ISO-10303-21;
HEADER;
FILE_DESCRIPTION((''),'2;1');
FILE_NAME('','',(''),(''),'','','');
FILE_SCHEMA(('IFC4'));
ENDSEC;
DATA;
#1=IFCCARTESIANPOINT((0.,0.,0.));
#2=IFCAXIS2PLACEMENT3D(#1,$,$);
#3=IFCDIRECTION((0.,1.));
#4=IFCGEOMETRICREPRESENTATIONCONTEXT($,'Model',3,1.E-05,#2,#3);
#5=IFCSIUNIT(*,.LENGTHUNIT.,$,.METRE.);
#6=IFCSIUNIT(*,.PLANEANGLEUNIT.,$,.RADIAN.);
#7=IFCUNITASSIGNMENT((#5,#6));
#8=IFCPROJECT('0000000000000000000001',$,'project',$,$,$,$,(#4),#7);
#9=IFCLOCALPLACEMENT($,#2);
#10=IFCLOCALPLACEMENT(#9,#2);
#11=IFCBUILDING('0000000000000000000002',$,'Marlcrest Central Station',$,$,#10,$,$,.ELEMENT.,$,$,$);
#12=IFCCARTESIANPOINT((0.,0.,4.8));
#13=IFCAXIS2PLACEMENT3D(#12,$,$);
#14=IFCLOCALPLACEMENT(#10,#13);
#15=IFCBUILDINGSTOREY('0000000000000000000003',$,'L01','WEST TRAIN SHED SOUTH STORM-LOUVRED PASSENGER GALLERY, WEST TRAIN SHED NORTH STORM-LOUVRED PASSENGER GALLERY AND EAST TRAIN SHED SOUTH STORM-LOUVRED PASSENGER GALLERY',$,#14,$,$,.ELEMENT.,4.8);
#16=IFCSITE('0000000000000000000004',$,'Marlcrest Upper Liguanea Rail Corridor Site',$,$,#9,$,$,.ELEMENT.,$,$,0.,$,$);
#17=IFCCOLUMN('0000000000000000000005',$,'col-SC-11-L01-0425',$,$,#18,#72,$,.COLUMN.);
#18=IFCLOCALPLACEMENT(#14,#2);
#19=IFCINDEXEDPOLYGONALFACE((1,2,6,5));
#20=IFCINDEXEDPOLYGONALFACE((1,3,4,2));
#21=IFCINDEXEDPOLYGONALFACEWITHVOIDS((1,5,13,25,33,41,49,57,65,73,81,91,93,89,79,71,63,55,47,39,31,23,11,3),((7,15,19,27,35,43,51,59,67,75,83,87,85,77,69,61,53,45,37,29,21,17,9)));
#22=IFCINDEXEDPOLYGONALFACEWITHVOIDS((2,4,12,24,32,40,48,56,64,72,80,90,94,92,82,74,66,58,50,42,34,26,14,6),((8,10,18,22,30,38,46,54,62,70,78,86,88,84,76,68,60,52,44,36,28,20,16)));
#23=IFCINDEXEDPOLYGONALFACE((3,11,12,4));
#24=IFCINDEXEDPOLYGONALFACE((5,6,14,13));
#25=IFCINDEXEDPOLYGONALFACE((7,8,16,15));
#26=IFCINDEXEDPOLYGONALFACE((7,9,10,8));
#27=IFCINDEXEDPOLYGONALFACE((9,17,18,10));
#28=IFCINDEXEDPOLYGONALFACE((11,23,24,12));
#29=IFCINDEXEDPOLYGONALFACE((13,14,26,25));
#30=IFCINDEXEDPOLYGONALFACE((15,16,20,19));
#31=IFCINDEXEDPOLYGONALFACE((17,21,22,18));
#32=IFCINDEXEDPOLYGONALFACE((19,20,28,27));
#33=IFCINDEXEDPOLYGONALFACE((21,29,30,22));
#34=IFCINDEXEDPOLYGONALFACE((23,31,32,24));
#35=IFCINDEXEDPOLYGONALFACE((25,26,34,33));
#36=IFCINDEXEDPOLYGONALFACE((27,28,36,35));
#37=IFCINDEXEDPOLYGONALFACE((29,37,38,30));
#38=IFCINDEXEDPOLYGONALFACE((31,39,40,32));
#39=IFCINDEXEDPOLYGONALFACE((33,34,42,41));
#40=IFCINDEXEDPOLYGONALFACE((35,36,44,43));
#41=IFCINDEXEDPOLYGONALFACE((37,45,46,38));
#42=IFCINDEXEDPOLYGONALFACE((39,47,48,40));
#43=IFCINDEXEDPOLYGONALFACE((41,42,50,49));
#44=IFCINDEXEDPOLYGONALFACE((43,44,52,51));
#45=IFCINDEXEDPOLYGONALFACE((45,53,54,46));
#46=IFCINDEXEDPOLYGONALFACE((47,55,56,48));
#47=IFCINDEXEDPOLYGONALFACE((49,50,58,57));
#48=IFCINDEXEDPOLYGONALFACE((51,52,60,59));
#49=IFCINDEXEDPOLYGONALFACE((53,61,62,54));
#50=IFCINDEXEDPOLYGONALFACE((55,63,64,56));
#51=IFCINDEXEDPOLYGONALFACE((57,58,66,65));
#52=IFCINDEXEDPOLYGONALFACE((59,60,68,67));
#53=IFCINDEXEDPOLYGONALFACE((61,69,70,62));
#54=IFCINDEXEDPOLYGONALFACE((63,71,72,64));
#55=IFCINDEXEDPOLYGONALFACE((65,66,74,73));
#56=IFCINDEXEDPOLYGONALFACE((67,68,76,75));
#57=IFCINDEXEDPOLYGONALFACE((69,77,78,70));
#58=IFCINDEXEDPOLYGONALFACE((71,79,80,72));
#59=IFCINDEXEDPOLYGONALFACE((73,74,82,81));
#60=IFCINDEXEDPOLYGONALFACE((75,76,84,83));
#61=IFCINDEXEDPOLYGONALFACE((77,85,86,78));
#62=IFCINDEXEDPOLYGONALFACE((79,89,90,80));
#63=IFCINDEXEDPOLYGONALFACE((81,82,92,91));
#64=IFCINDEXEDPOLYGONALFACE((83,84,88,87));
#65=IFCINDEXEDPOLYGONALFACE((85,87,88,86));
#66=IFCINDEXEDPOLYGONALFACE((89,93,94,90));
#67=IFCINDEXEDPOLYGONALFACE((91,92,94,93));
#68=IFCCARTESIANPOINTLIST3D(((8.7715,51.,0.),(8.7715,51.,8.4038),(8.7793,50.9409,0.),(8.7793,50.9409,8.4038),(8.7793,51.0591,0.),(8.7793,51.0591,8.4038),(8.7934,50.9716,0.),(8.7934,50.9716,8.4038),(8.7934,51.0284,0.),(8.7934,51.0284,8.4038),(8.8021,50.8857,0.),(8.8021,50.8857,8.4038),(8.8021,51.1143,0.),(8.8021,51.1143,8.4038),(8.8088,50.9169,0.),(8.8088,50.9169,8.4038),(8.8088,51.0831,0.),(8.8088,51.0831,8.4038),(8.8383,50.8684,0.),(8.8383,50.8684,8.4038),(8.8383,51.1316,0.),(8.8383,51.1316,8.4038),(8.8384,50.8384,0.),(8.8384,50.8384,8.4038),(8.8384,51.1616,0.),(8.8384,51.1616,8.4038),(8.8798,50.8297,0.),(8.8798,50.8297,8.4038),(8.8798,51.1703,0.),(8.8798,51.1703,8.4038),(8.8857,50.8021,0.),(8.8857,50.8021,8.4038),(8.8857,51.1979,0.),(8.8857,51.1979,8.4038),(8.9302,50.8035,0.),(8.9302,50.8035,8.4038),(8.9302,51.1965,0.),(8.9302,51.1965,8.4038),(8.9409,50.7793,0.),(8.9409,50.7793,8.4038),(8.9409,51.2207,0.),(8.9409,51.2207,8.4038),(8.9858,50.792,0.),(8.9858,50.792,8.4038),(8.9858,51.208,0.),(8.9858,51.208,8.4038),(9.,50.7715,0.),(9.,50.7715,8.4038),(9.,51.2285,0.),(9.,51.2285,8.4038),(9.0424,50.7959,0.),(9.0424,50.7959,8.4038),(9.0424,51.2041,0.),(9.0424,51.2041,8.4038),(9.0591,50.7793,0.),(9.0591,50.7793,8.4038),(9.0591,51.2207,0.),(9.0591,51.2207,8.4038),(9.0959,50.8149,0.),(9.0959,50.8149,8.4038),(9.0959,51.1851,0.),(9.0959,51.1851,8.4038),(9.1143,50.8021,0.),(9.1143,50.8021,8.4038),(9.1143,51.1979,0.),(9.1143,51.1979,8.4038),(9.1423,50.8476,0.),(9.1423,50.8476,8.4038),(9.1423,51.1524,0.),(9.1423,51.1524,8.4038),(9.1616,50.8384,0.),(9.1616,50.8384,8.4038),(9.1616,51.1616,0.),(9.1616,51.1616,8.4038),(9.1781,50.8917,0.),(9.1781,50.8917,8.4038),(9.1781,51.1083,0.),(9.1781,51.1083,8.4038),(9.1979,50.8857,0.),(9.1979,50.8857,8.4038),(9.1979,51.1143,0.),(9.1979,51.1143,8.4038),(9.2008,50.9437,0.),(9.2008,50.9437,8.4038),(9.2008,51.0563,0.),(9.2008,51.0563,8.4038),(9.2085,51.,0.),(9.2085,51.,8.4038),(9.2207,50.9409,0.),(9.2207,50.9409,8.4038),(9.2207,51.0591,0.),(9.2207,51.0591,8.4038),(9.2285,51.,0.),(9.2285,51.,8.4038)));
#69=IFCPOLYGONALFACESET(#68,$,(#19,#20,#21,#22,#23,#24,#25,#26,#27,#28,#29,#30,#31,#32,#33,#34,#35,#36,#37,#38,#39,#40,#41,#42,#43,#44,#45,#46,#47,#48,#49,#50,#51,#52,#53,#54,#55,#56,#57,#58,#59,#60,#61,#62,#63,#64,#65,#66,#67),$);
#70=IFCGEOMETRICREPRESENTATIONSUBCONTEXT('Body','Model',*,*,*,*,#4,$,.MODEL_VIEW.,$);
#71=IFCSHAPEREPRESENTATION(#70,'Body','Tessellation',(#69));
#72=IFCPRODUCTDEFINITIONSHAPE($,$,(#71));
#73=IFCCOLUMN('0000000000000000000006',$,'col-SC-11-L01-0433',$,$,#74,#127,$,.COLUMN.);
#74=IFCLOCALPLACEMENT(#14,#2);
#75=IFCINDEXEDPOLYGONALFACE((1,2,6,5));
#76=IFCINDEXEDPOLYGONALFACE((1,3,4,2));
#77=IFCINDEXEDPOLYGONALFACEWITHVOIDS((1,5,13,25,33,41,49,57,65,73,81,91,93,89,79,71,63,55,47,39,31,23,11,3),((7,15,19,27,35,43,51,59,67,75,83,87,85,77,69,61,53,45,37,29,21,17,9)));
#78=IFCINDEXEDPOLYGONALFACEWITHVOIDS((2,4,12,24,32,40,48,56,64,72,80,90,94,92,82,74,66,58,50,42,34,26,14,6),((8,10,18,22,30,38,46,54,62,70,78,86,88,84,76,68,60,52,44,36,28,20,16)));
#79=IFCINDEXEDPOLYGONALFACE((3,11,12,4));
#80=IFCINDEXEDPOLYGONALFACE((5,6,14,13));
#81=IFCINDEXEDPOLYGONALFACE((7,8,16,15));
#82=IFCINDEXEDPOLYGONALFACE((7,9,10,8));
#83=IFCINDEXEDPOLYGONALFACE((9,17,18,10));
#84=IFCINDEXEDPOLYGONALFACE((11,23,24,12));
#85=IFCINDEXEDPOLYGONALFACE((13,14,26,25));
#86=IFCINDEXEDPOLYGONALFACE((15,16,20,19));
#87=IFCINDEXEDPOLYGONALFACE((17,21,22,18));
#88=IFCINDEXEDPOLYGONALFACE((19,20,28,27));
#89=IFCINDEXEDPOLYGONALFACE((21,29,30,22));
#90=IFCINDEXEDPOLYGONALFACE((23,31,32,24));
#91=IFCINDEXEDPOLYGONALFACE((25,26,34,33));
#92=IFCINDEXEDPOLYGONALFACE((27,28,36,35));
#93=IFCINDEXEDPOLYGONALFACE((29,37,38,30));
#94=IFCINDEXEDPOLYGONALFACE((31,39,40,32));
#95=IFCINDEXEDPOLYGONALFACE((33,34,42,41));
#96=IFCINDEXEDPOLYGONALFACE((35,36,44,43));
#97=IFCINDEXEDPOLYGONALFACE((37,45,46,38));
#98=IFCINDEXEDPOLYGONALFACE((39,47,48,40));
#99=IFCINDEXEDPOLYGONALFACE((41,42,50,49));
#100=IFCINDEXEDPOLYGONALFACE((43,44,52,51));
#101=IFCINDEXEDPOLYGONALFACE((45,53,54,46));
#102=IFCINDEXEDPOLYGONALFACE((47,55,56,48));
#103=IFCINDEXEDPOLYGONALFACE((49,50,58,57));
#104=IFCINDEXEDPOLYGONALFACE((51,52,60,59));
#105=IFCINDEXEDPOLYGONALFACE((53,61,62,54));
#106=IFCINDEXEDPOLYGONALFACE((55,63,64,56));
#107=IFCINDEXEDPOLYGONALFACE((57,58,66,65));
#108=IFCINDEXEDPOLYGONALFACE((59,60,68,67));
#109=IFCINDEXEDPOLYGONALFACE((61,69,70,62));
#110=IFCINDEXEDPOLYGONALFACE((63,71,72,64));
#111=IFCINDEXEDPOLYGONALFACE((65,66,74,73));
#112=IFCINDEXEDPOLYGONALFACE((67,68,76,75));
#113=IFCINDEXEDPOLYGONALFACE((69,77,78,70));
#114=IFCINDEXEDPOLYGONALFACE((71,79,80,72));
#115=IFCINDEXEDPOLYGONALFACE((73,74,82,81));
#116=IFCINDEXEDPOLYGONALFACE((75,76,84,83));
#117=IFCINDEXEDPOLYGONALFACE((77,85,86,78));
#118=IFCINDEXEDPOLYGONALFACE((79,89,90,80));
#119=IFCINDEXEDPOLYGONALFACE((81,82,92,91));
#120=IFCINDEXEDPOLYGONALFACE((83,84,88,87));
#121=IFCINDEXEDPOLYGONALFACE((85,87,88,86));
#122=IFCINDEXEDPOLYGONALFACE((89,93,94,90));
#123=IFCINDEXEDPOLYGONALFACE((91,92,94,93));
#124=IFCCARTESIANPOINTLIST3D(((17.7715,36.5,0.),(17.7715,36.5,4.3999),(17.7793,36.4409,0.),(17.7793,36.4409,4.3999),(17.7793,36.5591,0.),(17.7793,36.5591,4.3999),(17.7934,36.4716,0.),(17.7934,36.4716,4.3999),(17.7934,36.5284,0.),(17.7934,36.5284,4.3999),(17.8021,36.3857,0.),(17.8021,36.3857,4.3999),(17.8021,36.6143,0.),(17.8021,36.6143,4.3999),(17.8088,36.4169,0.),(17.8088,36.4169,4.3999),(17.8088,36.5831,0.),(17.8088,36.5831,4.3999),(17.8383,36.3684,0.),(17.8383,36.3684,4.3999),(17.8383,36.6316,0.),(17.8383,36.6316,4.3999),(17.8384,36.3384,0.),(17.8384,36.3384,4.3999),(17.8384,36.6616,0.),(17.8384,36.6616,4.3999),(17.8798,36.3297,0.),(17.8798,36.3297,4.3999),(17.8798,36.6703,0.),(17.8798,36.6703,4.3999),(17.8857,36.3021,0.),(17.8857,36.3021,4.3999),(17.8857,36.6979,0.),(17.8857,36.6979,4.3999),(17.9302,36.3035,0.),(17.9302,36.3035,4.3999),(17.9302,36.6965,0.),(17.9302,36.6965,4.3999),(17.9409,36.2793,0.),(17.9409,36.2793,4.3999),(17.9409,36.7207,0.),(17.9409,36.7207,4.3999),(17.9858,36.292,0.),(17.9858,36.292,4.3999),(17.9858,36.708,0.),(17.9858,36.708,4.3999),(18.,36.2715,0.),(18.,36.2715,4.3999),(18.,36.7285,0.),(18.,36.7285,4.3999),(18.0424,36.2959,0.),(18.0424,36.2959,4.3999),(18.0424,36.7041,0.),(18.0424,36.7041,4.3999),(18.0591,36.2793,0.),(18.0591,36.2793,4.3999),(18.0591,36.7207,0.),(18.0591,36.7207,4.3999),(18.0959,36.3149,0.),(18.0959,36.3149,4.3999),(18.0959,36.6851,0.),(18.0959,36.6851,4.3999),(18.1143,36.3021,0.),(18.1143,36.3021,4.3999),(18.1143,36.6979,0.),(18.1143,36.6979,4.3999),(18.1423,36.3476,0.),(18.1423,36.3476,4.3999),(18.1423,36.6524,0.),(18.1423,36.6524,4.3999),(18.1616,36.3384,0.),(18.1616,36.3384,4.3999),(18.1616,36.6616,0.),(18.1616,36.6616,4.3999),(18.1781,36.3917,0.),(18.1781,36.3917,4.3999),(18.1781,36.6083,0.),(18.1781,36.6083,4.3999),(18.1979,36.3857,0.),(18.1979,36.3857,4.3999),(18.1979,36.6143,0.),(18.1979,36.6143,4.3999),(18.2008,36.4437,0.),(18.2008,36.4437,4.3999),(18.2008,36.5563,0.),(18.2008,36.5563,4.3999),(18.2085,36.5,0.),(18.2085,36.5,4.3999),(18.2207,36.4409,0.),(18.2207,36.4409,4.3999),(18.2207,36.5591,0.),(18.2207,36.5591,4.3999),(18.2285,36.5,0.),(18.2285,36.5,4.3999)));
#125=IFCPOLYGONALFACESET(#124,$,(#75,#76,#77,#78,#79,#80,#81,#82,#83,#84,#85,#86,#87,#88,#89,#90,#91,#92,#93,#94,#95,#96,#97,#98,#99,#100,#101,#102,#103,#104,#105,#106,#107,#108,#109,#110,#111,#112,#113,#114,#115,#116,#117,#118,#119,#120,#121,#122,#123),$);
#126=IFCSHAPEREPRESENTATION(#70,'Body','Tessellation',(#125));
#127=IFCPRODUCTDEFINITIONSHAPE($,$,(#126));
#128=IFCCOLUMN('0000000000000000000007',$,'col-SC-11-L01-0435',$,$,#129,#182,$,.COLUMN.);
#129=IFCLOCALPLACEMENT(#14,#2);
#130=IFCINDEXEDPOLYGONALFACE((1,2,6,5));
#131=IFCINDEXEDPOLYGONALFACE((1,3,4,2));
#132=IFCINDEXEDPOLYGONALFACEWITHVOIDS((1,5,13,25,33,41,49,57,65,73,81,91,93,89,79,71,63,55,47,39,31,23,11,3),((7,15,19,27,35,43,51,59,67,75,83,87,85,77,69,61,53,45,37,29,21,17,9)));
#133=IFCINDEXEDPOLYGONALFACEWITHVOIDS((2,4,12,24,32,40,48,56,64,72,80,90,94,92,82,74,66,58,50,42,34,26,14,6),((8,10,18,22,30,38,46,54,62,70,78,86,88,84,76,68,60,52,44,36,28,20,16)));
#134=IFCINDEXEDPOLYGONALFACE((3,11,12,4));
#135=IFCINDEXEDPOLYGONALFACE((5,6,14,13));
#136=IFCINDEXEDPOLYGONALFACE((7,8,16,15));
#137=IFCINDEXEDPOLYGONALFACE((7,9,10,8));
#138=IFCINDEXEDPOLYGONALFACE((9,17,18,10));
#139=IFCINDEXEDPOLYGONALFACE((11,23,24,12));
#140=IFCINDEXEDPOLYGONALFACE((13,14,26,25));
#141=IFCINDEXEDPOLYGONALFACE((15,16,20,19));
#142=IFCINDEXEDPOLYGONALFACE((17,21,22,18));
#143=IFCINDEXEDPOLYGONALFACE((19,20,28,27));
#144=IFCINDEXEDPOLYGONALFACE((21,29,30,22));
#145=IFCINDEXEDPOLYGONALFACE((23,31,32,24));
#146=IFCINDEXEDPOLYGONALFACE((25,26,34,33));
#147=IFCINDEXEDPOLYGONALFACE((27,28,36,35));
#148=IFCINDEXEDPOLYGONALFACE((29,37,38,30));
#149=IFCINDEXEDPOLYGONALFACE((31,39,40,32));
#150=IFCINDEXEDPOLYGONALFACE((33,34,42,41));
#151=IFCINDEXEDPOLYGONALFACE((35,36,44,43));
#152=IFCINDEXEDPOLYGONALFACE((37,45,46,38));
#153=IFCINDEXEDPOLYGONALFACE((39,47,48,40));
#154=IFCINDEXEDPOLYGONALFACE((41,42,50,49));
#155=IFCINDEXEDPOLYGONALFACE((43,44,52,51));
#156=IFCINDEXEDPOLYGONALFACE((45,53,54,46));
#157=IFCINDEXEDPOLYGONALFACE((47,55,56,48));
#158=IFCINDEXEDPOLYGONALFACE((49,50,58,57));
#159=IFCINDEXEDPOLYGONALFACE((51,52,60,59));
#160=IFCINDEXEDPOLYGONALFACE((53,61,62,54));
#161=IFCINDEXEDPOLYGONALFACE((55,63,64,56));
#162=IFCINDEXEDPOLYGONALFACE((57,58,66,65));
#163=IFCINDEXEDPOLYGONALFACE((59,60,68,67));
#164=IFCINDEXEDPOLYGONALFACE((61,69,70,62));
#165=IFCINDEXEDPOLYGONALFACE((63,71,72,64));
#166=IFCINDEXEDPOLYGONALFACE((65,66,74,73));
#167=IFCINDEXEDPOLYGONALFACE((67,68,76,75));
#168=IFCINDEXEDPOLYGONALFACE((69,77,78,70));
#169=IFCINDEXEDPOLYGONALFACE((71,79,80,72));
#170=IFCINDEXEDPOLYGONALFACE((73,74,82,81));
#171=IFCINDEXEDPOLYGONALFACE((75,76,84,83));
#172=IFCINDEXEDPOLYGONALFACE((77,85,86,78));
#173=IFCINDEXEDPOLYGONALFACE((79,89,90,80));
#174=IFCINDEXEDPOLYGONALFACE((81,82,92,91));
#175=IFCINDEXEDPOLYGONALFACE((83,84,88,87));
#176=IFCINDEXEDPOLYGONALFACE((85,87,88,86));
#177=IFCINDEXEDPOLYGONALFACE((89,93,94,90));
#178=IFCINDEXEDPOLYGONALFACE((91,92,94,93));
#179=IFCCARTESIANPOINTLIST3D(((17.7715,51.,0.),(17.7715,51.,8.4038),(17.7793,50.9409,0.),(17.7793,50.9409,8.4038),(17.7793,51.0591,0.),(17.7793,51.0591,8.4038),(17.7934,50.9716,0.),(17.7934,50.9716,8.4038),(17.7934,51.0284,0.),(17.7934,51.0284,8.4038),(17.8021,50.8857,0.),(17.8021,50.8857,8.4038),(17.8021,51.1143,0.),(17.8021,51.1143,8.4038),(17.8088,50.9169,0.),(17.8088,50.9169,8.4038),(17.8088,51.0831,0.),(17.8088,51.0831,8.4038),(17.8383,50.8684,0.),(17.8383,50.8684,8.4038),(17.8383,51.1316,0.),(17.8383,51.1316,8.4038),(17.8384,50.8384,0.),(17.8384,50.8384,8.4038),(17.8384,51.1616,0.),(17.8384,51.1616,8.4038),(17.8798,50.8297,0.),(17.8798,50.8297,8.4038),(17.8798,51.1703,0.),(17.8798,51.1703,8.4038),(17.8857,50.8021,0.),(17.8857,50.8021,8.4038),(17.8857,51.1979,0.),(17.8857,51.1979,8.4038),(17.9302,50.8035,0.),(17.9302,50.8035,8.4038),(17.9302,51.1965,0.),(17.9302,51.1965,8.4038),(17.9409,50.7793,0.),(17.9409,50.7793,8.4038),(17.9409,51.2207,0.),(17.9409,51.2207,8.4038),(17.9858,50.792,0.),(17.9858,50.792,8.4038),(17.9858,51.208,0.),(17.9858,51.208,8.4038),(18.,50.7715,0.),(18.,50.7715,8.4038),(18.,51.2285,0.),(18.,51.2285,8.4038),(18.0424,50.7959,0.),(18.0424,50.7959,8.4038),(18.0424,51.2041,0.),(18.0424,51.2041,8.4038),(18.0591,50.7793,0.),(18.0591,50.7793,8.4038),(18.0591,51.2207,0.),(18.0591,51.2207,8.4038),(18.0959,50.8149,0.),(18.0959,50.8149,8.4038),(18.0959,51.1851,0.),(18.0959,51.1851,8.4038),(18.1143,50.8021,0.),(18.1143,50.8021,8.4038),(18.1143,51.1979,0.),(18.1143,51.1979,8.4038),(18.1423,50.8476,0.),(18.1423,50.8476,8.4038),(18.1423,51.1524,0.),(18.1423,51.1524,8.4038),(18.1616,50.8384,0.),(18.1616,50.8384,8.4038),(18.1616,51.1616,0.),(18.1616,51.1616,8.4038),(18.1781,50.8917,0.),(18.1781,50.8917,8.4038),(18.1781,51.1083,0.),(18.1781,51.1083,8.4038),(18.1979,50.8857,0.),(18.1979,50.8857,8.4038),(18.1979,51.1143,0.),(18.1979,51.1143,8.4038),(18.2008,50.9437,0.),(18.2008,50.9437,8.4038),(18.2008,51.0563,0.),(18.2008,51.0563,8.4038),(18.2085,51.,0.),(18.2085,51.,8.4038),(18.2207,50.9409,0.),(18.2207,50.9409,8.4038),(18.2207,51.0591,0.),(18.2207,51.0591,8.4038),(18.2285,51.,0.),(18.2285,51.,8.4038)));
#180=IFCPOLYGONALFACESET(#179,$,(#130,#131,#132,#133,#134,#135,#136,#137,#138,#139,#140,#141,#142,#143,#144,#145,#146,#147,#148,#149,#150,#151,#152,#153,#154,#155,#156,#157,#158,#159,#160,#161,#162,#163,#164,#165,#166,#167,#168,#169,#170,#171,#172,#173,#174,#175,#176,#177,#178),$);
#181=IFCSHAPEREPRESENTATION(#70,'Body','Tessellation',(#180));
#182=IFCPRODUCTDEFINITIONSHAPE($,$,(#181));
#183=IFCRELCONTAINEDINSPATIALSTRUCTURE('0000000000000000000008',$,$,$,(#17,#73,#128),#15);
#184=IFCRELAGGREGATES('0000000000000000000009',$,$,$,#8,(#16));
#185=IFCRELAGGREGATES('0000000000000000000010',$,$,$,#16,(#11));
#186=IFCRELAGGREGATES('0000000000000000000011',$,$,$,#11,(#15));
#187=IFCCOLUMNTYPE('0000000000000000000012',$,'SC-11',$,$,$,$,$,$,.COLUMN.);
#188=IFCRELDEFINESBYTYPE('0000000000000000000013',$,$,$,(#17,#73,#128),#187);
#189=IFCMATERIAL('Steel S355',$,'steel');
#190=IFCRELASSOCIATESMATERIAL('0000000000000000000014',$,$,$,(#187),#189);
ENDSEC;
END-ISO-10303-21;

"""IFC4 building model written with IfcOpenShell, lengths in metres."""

from ifc_helpers import new_model, si_unit, direction, frame, origin, origin_2d, place, context, subcontext, project, spatial, hollow_circle, extrude, material, material_profile, profile_set, type_object, element, save


model = new_model("IFC4")

# Units and contexts
model_context = context("Model", 3, precision=1e-05, world=origin(), true_north=direction((0.0, 1.0)))
body_context = subcontext(model_context, "Body", "Model", "MODEL_VIEW")
ifc_project = project(units=[si_unit("LENGTHUNIT", "METRE"), si_unit("PLANEANGLEUNIT", "RADIAN")], contexts=[model_context])

# Site, building, storey
site_placement = place(None, origin())
site = spatial("IfcSite", under=ifc_project, at=site_placement, Name="Marlcrest Upper Liguanea Rail Corridor Site", CompositionType="ELEMENT", RefElevation=0.0)
building_placement = place(site_placement, origin())
building = spatial("IfcBuilding", under=site, at=building_placement, Name="Marlcrest Central Station", CompositionType="ELEMENT")
storey_placement = place(building_placement, frame((0.0, 0.0, 4.8)))
storey = spatial("IfcBuildingStorey", under=building, at=storey_placement, Name="L01", Description="WEST TRAIN SHED SOUTH STORM-LOUVRED PASSENGER GALLERY, WEST TRAIN SHED NORTH STORM-LOUVRED PASSENGER GALLERY AND EAST TRAIN SHED SOUTH STORM-LOUVRED PASSENGER GALLERY", CompositionType="ELEMENT", Elevation=4.8)

# Columns
ifc_material_1 = material(Name="Steel S355", Category="steel")
ifc_material_profile = material_profile(ifc_material_1, hollow_circle(Radius=0.2285, WallThickness=0.02, at=origin_2d()), Name="CHS 457x20")
ifc_profile_set = profile_set([ifc_material_profile], Name="Steel S355")
column_type = type_object("IfcColumnType", Name="SC-11", PredefinedType="COLUMN", material=ifc_profile_set)
column_1_placement = place(storey_placement, frame((9.0, 51.0, 0.0), z_axis=(0.0, 0.0, 1.0), x_axis=(1.0, 0.0, 0.0)))
element("IfcColumn", 1, at=column_1_placement, inside=storey, type_object=column_type, Name="col-SC-11-L01-0425", PredefinedType="COLUMN", context=body_context, shape_type="SweptSolid", body=[
    extrude(hollow_circle(Radius=0.2285, WallThickness=0.02, at=origin_2d()), origin(), (0.0, 0.0, 1.0), 8.4038),
])
column_2_placement = place(storey_placement, frame((18.0, 36.5, 0.0), z_axis=(0.0, 0.0, 1.0), x_axis=(1.0, 0.0, 0.0)))
element("IfcColumn", 2, at=column_2_placement, inside=storey, type_object=column_type, Name="col-SC-11-L01-0433", PredefinedType="COLUMN", context=body_context, shape_type="SweptSolid", body=[
    extrude(hollow_circle(Radius=0.2285, WallThickness=0.02, at=origin_2d()), origin(), (0.0, 0.0, 1.0), 4.3999),
])
column_3_placement = place(storey_placement, frame((18.0, 51.0, 0.0), z_axis=(0.0, 0.0, 1.0), x_axis=(1.0, 0.0, 0.0)))
element("IfcColumn", 3, at=column_3_placement, inside=storey, type_object=column_type, Name="col-SC-11-L01-0435", PredefinedType="COLUMN", context=body_context, shape_type="SweptSolid", body=[
    extrude(hollow_circle(Radius=0.2285, WallThickness=0.02, at=origin_2d()), origin(), (0.0, 0.0, 1.0), 8.4038),
])

save(model, "model.ifc")
